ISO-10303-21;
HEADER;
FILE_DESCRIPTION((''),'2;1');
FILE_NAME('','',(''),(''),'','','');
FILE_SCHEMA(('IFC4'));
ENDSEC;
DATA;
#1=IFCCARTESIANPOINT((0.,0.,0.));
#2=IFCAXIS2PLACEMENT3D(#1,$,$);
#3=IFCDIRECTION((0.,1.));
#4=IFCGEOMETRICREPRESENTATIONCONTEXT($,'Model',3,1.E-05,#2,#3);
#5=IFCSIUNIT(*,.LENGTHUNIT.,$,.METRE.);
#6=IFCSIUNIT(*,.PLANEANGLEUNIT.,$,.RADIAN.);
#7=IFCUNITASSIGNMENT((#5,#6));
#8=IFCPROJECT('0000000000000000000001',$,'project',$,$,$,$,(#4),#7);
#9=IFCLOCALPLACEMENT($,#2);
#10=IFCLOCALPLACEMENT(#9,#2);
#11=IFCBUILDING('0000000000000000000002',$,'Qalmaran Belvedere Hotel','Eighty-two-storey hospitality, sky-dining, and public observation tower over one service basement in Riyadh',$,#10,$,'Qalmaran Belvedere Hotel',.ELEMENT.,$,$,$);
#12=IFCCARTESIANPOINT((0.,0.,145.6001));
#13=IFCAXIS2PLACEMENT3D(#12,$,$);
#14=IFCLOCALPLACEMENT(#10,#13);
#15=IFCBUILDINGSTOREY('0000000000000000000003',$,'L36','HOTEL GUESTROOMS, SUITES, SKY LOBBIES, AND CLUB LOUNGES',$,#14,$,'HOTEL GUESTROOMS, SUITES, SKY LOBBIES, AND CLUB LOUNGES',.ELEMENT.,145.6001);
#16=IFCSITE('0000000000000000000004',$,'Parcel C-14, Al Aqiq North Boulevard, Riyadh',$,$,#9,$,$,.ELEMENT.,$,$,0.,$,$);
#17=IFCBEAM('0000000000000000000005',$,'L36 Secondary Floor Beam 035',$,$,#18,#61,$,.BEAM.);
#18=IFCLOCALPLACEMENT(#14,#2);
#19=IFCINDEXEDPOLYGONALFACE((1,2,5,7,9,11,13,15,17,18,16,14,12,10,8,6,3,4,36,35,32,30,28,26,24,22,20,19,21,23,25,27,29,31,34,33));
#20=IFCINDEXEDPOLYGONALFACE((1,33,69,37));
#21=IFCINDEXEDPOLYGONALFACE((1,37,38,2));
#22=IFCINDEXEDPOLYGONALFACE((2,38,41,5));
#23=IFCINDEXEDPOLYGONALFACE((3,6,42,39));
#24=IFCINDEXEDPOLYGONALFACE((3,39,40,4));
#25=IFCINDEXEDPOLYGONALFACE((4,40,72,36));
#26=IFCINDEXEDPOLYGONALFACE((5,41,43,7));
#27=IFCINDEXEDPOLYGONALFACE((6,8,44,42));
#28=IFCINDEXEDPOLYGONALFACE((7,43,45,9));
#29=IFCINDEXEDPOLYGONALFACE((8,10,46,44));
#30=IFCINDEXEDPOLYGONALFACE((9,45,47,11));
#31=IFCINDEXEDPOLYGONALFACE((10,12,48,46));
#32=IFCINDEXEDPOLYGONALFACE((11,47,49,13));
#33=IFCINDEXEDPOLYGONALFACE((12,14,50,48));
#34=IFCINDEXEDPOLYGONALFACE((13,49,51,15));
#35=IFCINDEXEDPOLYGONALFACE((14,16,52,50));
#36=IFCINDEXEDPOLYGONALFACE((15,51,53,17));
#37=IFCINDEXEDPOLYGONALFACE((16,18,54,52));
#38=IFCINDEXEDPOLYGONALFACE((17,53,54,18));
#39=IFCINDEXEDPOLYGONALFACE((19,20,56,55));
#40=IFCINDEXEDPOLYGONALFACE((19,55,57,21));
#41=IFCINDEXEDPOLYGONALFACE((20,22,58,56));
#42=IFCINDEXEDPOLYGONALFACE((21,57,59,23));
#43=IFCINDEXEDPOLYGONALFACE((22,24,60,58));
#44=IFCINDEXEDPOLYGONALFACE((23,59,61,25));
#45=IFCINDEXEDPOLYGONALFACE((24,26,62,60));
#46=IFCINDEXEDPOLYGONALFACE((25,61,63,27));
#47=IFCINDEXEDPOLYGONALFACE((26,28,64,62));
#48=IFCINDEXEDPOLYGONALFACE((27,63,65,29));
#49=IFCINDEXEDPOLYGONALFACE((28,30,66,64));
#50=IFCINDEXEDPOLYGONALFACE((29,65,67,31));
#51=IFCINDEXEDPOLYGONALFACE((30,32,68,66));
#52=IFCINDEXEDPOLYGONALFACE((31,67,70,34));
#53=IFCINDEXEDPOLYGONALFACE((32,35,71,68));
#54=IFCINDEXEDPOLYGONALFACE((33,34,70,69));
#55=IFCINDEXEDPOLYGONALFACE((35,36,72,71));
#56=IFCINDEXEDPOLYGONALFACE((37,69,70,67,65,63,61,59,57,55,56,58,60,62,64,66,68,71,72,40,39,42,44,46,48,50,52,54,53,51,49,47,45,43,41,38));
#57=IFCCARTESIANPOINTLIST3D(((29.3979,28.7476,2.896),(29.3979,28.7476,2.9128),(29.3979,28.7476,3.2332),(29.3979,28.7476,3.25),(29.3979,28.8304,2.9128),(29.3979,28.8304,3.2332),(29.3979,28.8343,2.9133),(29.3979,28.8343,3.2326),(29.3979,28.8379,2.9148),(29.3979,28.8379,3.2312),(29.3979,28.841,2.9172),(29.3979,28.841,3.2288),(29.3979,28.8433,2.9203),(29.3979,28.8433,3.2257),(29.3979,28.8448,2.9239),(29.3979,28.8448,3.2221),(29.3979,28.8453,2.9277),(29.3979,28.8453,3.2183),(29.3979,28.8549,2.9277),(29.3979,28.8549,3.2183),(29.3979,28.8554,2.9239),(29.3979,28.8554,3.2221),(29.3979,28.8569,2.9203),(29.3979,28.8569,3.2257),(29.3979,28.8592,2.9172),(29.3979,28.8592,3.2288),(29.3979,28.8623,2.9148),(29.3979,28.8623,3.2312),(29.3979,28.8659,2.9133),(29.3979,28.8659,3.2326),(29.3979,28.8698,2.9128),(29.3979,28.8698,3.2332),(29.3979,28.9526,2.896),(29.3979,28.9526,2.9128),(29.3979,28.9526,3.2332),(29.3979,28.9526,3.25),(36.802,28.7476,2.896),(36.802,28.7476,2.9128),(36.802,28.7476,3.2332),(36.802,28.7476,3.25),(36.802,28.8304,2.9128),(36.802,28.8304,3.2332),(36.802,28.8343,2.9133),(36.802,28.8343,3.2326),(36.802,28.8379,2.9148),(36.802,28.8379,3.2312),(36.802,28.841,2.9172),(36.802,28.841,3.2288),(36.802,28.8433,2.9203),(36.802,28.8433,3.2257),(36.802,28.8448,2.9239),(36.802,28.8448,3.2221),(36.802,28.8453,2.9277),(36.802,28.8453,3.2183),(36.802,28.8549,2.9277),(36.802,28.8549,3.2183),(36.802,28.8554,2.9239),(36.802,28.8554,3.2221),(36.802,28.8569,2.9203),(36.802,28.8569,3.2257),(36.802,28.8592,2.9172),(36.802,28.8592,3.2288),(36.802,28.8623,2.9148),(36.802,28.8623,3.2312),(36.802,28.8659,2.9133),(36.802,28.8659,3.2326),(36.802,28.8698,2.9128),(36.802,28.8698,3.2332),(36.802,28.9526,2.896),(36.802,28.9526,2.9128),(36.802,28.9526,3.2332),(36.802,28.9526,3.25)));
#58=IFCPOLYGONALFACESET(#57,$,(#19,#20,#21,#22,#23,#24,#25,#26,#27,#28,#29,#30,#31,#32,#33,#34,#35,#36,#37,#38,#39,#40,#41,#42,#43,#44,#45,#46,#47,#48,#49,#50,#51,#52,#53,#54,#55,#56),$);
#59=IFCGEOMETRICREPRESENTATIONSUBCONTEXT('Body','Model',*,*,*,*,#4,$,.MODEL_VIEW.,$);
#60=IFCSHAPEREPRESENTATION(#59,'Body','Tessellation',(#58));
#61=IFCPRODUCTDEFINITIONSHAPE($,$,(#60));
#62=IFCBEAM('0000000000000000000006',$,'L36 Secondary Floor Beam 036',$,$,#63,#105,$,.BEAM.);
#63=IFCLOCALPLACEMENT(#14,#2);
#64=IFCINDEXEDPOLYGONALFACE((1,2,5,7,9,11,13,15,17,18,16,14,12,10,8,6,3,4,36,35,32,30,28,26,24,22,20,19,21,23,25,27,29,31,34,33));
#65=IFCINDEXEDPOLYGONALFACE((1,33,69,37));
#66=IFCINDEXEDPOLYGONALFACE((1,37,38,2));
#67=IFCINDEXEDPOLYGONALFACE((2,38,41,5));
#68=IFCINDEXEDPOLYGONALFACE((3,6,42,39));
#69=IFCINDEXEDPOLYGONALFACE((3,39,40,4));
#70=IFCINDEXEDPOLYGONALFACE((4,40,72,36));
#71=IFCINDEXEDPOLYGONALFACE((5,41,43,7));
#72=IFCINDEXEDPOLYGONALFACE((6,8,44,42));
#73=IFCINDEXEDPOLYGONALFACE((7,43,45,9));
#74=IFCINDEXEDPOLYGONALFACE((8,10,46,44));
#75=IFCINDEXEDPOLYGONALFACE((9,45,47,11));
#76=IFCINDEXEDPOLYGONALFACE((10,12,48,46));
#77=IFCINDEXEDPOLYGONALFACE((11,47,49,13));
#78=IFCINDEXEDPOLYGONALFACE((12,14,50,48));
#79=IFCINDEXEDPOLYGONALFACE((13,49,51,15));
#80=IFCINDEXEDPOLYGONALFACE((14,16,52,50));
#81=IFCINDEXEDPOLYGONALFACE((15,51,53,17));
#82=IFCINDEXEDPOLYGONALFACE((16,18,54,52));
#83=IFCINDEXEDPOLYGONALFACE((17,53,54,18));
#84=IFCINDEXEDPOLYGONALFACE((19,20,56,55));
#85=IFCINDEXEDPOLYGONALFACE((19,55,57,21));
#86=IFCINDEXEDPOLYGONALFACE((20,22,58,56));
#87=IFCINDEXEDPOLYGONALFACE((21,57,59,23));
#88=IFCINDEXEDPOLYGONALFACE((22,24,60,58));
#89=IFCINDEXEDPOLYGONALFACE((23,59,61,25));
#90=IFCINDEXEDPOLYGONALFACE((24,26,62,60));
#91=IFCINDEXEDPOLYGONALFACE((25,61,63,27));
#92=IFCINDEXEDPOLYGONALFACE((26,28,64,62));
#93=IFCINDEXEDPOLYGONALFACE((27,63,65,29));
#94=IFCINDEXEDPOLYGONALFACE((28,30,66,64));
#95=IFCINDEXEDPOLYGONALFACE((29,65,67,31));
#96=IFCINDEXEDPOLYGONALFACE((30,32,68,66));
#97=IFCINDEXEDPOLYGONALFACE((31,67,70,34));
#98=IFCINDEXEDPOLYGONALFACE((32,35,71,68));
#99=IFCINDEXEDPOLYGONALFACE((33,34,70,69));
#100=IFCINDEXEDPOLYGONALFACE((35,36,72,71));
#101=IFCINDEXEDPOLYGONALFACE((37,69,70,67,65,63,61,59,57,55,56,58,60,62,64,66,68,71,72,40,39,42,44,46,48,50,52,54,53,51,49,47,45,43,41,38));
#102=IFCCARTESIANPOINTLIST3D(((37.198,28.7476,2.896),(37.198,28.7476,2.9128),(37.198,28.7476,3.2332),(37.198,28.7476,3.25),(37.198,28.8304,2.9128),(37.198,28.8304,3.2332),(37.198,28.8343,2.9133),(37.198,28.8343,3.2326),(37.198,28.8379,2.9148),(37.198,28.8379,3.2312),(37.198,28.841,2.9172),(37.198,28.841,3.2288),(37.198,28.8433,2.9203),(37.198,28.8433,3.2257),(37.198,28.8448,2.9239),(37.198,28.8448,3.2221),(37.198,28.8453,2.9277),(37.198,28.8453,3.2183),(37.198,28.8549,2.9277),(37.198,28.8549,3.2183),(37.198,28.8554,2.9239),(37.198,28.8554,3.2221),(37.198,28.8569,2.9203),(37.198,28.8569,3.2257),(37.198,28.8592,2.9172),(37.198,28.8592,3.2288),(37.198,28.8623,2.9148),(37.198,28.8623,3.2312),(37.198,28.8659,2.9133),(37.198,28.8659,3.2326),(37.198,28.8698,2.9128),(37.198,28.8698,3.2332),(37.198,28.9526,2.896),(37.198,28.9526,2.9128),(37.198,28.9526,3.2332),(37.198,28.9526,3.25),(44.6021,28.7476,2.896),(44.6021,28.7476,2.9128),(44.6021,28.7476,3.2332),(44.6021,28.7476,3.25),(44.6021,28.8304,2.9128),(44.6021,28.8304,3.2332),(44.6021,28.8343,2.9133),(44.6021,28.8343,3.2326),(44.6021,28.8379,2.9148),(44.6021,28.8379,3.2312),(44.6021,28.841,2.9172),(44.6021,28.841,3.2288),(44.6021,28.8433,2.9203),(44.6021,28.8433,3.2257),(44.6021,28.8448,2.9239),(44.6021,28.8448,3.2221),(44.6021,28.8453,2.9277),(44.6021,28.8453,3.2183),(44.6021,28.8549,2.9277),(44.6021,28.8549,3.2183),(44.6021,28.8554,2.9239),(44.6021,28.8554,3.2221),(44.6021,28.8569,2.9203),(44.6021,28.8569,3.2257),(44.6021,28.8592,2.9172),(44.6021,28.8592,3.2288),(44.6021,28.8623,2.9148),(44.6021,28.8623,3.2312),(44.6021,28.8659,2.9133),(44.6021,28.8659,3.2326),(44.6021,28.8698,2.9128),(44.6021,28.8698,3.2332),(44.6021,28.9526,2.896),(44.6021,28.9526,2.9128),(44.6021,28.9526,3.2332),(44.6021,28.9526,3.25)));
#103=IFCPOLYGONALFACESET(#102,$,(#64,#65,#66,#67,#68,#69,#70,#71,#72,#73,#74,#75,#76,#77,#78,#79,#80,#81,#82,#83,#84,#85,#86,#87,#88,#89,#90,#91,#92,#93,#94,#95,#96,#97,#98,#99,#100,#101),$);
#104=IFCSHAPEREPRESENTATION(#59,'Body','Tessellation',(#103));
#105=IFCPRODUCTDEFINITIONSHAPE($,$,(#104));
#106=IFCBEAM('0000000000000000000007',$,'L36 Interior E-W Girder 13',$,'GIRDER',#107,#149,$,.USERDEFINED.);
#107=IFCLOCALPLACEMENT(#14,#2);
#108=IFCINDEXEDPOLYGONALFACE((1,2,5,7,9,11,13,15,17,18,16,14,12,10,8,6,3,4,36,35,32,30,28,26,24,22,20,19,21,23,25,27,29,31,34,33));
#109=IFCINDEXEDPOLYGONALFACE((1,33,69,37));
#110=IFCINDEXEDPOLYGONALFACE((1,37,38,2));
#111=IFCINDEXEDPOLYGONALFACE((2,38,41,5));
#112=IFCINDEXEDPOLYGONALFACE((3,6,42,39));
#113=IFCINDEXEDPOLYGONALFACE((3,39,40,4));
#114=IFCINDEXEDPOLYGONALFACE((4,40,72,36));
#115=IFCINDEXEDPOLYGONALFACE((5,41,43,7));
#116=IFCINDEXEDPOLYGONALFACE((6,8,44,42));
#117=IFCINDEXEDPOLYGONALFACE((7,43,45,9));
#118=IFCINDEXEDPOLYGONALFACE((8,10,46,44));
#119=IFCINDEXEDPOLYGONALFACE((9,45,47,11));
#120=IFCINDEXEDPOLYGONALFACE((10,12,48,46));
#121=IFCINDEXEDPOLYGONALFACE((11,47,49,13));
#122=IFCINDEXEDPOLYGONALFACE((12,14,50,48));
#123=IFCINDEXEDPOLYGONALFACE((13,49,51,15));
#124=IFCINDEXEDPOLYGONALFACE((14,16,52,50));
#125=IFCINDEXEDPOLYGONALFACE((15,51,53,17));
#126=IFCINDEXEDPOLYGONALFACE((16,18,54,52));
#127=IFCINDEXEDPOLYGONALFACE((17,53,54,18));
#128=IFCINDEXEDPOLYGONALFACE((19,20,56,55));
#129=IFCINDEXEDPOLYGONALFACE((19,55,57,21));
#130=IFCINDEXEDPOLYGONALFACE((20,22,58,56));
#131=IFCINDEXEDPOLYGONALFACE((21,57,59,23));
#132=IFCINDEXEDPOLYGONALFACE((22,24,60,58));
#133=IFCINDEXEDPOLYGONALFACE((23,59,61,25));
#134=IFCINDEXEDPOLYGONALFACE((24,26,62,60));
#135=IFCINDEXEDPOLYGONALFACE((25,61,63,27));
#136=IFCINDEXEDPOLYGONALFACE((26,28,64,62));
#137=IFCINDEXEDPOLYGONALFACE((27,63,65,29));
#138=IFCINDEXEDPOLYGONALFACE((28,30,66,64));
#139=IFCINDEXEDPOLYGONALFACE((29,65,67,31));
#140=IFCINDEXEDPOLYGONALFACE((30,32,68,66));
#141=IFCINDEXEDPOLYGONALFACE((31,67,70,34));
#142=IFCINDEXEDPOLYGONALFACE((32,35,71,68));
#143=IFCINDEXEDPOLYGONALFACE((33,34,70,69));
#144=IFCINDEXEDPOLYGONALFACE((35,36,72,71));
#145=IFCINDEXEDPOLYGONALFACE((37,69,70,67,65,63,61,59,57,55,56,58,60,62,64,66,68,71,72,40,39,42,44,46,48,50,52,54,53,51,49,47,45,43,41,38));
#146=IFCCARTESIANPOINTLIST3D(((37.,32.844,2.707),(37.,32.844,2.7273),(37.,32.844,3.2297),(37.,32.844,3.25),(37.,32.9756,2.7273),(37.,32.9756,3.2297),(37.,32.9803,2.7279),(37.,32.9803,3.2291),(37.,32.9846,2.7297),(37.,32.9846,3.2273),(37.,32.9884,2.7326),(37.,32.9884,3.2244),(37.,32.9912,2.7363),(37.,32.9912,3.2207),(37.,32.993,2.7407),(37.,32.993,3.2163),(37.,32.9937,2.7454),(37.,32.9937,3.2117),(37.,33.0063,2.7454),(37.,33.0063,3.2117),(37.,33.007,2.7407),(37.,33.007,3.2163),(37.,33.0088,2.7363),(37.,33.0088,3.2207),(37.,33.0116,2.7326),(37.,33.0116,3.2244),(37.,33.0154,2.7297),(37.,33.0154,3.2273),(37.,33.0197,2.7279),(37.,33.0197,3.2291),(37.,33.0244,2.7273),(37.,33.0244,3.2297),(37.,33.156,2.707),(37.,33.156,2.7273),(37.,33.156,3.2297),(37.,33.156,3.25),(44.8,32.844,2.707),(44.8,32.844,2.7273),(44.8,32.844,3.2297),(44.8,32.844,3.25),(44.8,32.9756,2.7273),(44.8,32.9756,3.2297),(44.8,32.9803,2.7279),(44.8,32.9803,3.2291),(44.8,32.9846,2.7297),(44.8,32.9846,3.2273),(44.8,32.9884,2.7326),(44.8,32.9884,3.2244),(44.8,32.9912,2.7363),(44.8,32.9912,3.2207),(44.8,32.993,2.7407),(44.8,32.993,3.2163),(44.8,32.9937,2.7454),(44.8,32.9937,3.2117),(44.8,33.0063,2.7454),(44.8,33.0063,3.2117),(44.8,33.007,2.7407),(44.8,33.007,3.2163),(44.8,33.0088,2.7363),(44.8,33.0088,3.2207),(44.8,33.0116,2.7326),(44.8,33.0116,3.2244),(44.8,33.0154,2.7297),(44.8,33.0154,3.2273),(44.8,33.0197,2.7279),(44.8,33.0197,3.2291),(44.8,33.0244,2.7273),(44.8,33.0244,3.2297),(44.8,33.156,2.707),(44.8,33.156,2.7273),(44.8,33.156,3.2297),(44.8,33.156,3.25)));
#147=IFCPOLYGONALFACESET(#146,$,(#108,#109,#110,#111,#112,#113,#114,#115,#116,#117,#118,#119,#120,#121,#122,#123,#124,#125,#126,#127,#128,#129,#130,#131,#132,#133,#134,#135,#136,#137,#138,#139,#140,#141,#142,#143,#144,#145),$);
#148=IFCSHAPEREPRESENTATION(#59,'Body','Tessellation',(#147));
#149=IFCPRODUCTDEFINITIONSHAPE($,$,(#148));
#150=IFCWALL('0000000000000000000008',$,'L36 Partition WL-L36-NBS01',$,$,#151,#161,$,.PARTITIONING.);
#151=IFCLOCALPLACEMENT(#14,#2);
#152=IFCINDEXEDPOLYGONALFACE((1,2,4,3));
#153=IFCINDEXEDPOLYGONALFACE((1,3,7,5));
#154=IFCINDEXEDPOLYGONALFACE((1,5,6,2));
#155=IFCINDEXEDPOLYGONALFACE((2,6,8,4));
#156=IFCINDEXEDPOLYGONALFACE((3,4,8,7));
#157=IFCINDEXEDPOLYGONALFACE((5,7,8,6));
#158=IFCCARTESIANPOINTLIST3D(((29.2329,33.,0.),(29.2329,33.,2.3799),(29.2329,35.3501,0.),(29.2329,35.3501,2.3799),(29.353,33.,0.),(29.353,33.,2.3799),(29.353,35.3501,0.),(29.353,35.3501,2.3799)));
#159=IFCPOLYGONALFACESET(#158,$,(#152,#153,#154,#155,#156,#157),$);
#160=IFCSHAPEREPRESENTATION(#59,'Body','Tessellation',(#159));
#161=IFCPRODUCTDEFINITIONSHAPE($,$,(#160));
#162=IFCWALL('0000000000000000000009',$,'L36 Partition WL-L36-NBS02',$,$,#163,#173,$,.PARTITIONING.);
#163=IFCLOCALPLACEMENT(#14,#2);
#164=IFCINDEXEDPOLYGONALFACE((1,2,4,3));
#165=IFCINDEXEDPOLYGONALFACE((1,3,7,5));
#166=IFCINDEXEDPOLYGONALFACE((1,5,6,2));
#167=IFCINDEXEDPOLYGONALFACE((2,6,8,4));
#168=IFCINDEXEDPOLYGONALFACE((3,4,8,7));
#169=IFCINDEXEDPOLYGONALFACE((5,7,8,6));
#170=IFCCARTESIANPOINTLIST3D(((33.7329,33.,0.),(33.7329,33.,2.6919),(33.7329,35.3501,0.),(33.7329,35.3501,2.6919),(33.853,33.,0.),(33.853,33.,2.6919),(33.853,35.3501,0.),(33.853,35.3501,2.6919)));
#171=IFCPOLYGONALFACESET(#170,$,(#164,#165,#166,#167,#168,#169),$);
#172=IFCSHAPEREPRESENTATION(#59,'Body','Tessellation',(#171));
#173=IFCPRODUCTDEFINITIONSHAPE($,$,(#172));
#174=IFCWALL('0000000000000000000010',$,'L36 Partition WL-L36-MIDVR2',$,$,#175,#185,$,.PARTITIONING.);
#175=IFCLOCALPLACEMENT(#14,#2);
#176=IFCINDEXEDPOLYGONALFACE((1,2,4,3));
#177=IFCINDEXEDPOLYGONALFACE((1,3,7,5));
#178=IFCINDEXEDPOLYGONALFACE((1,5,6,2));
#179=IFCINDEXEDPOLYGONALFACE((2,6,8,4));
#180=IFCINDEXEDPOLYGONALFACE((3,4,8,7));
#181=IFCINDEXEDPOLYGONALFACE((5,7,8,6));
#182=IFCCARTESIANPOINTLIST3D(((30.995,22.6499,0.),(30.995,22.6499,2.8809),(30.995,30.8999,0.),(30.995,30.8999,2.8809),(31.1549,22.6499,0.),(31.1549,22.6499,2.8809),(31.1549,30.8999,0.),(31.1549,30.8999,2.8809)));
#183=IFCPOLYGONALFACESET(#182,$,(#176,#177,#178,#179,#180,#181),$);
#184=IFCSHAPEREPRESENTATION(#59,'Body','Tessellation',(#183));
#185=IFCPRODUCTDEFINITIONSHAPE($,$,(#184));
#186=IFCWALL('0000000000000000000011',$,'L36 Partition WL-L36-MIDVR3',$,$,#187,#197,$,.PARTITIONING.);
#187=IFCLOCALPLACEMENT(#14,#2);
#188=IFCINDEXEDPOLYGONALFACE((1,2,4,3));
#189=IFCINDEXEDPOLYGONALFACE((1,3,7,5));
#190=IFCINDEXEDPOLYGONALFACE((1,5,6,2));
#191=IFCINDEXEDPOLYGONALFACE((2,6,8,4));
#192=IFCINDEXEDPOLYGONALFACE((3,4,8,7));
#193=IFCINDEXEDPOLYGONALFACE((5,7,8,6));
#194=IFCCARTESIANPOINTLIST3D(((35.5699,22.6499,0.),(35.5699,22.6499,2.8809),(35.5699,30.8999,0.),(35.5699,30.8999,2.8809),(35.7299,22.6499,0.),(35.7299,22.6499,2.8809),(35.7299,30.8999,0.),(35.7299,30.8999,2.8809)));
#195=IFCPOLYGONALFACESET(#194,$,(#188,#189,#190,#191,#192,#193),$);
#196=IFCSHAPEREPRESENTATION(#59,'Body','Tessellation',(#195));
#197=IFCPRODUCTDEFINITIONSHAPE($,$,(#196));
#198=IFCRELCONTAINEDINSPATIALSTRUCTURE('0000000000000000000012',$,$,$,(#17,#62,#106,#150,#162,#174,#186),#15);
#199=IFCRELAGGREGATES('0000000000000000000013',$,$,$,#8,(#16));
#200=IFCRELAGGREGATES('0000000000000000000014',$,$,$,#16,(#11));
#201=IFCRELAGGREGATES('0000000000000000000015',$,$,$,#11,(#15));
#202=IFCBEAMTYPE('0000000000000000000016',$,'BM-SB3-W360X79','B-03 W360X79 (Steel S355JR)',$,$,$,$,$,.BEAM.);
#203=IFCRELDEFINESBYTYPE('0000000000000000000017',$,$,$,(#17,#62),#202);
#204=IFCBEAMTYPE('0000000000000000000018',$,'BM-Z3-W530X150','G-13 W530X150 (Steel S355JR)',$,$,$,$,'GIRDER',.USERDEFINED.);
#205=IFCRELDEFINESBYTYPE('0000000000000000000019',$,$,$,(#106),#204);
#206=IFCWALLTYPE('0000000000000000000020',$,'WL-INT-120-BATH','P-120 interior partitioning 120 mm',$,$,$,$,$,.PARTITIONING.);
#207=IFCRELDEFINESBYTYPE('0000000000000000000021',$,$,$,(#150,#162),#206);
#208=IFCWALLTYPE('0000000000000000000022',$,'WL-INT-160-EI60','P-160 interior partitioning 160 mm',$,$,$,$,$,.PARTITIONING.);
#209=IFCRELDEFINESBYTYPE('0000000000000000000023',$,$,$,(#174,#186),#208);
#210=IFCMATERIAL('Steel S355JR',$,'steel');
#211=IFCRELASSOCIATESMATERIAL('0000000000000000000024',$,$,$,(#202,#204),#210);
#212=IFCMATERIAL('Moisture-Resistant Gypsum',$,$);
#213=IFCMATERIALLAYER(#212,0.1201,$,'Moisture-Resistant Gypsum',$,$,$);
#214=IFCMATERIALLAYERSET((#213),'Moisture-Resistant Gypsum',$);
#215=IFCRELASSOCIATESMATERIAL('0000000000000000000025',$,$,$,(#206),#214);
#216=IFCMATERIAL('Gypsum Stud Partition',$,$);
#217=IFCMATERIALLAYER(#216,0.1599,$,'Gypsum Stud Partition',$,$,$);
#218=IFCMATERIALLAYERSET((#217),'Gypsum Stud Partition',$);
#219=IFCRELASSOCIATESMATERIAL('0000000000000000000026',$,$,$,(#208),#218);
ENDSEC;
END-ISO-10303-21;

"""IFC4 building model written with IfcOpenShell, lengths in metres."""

from ifc_helpers import new_model, si_unit, direction, frame, frame_2d, origin, origin_2d, place, context, subcontext, project, spatial, rectangle, i_section, extrude, material, layer, layer_set, material_profile, profile_set, type_object, element, save


model = new_model("IFC4")

# Units and contexts
model_context = context("Model", 3, precision=1e-05, world=origin(), true_north=direction((0.0, 1.0)))
body_context = subcontext(model_context, "Body", "Model", "MODEL_VIEW")
ifc_project = project(units=[si_unit("LENGTHUNIT", "METRE"), si_unit("PLANEANGLEUNIT", "RADIAN")], contexts=[model_context])

# Site, building, storey
site_placement = place(None, origin())
site = spatial("IfcSite", under=ifc_project, at=site_placement, Name="Parcel C-14, Al Aqiq North Boulevard, Riyadh", CompositionType="ELEMENT", RefElevation=0.0)
building_placement = place(site_placement, origin())
building = spatial("IfcBuilding", under=site, at=building_placement, Name="Qalmaran Belvedere Hotel", Description="Eighty-two-storey hospitality, sky-dining, and public observation tower over one service basement in Riyadh", LongName="Qalmaran Belvedere Hotel", CompositionType="ELEMENT")
storey_placement = place(building_placement, frame((0.0, 0.0, 145.6001)))
storey = spatial("IfcBuildingStorey", under=building, at=storey_placement, Name="L36", Description="HOTEL GUESTROOMS, SUITES, SKY LOBBIES, AND CLUB LOUNGES", LongName="HOTEL GUESTROOMS, SUITES, SKY LOBBIES, AND CLUB LOUNGES", CompositionType="ELEMENT", Elevation=145.6001)

# Beams
ifc_material_1 = material(Name="Steel S355JR", Category="steel")
ifc_material_profile_1 = material_profile(ifc_material_1, i_section(OverallWidth=0.2051, OverallDepth=0.354, WebThickness=0.0095, FlangeThickness=0.0168, FilletRadius=0.0149, at=origin_2d()), Name="W360X79")
ifc_profile_set_1 = profile_set([ifc_material_profile_1], Name="Steel S355JR")
beam_type_1 = type_object("IfcBeamType", Name="BM-SB3-W360X79", Description="B-03 W360X79 (Steel S355JR)", PredefinedType="BEAM", material=ifc_profile_set_1)
for number, where, z_axis, x_axis, name in (
    (1, (29.3979, 28.8501, 3.073), (1.0, 0.0, 0.0), (0.0, 1.0, 0.0), "L36 Secondary Floor Beam 035"),
    (2, (37.198, 28.8501, 3.073), (1.0, 0.0, 0.0), (0.0, 1.0, 0.0), "L36 Secondary Floor Beam 036"),
):
    element("IfcBeam", number, at=place(storey_placement, frame(where, z_axis=z_axis, x_axis=x_axis)), inside=storey, type_object=beam_type_1, Name=name, PredefinedType="BEAM", context=body_context, shape_type="SweptSolid", body=[
        extrude(i_section(OverallWidth=0.2051, OverallDepth=0.354, WebThickness=0.0095, FlangeThickness=0.0168, FilletRadius=0.0149, at=origin_2d()), origin(), (0.0, 0.0, 1.0), 7.4041),
    ])
ifc_material_profile_2 = material_profile(ifc_material_1, i_section(OverallWidth=0.312, OverallDepth=0.543, WebThickness=0.0127, FlangeThickness=0.0203, FilletRadius=0.0181, at=origin_2d()), Name="W530X150")
ifc_profile_set_2 = profile_set([ifc_material_profile_2], Name="Steel S355JR")
beam_type_2 = type_object("IfcBeamType", Name="BM-Z3-W530X150", Description="G-13 W530X150 (Steel S355JR)", ElementType="GIRDER", PredefinedType="USERDEFINED", material=ifc_profile_set_2)
beam_1_placement = place(storey_placement, frame((37.0, 33.0, 2.9785), z_axis=(1.0, 0.0, 0.0), x_axis=(0.0, 1.0, 0.0)))
element("IfcBeam", 3, at=beam_1_placement, inside=storey, type_object=beam_type_2, Name="L36 Interior E-W Girder 13", ObjectType="GIRDER", PredefinedType="USERDEFINED", context=body_context, shape_type="SweptSolid", body=[
    extrude(i_section(OverallWidth=0.312, OverallDepth=0.543, WebThickness=0.0127, FlangeThickness=0.0203, FilletRadius=0.0181, at=origin_2d()), origin(), (0.0, 0.0, 1.0), 7.8),
])

# Walls
ifc_material_2 = material(Name="Moisture-Resistant Gypsum")
ifc_layer_1 = layer(ifc_material_2, 0.1201, Name="Moisture-Resistant Gypsum")
ifc_layer_set_1 = layer_set([ifc_layer_1], Name="Moisture-Resistant Gypsum")
wall_type_1 = type_object("IfcWallType", Name="WL-INT-120-BATH", Description="P-120 interior partitioning 120 mm", PredefinedType="PARTITIONING", material=ifc_layer_set_1)
wall_1_placement = place(storey_placement, frame((29.293, 33.0, 0.0), z_axis=(0.0, 0.0, 1.0), x_axis=(0.0, 1.0, 0.0)))
element("IfcWall", 4, at=wall_1_placement, inside=storey, type_object=wall_type_1, Name="L36 Partition WL-L36-NBS01", PredefinedType="PARTITIONING", context=body_context, shape_type="SweptSolid", body=[
    extrude(rectangle(XDim=2.3501, YDim=0.1201, at=frame_2d((1.175, 0.0))), origin(), (0.0, 0.0, 1.0), 2.3799),
])
wall_2_placement = place(storey_placement, frame((33.793, 33.0, 0.0), z_axis=(0.0, 0.0, 1.0), x_axis=(0.0, 1.0, 0.0)))
element("IfcWall", 5, at=wall_2_placement, inside=storey, type_object=wall_type_1, Name="L36 Partition WL-L36-NBS02", PredefinedType="PARTITIONING", context=body_context, shape_type="SweptSolid", body=[
    extrude(rectangle(XDim=2.3501, YDim=0.1201, at=frame_2d((1.175, 0.0))), origin(), (0.0, 0.0, 1.0), 2.6919),
])
ifc_material_3 = material(Name="Gypsum Stud Partition")
ifc_layer_2 = layer(ifc_material_3, 0.1599, Name="Gypsum Stud Partition")
ifc_layer_set_2 = layer_set([ifc_layer_2], Name="Gypsum Stud Partition")
wall_type_2 = type_object("IfcWallType", Name="WL-INT-160-EI60", Description="P-160 interior partitioning 160 mm", PredefinedType="PARTITIONING", material=ifc_layer_set_2)
for number, where, z_axis, x_axis, name in (
    (6, (31.075, 22.6499, 0.0), (0.0, 0.0, 1.0), (0.0, 1.0, 0.0), "L36 Partition WL-L36-MIDVR2"),
    (7, (35.6499, 22.6499, 0.0), (0.0, 0.0, 1.0), (0.0, 1.0, 0.0), "L36 Partition WL-L36-MIDVR3"),
):
    element("IfcWall", number, at=place(storey_placement, frame(where, z_axis=z_axis, x_axis=x_axis)), inside=storey, type_object=wall_type_2, Name=name, PredefinedType="PARTITIONING", context=body_context, shape_type="SweptSolid", body=[
        extrude(rectangle(XDim=8.25, YDim=0.1599, at=frame_2d((4.125, 0.0))), origin(), (0.0, 0.0, 1.0), 2.8809),
    ])

save(model, "model.ifc")
